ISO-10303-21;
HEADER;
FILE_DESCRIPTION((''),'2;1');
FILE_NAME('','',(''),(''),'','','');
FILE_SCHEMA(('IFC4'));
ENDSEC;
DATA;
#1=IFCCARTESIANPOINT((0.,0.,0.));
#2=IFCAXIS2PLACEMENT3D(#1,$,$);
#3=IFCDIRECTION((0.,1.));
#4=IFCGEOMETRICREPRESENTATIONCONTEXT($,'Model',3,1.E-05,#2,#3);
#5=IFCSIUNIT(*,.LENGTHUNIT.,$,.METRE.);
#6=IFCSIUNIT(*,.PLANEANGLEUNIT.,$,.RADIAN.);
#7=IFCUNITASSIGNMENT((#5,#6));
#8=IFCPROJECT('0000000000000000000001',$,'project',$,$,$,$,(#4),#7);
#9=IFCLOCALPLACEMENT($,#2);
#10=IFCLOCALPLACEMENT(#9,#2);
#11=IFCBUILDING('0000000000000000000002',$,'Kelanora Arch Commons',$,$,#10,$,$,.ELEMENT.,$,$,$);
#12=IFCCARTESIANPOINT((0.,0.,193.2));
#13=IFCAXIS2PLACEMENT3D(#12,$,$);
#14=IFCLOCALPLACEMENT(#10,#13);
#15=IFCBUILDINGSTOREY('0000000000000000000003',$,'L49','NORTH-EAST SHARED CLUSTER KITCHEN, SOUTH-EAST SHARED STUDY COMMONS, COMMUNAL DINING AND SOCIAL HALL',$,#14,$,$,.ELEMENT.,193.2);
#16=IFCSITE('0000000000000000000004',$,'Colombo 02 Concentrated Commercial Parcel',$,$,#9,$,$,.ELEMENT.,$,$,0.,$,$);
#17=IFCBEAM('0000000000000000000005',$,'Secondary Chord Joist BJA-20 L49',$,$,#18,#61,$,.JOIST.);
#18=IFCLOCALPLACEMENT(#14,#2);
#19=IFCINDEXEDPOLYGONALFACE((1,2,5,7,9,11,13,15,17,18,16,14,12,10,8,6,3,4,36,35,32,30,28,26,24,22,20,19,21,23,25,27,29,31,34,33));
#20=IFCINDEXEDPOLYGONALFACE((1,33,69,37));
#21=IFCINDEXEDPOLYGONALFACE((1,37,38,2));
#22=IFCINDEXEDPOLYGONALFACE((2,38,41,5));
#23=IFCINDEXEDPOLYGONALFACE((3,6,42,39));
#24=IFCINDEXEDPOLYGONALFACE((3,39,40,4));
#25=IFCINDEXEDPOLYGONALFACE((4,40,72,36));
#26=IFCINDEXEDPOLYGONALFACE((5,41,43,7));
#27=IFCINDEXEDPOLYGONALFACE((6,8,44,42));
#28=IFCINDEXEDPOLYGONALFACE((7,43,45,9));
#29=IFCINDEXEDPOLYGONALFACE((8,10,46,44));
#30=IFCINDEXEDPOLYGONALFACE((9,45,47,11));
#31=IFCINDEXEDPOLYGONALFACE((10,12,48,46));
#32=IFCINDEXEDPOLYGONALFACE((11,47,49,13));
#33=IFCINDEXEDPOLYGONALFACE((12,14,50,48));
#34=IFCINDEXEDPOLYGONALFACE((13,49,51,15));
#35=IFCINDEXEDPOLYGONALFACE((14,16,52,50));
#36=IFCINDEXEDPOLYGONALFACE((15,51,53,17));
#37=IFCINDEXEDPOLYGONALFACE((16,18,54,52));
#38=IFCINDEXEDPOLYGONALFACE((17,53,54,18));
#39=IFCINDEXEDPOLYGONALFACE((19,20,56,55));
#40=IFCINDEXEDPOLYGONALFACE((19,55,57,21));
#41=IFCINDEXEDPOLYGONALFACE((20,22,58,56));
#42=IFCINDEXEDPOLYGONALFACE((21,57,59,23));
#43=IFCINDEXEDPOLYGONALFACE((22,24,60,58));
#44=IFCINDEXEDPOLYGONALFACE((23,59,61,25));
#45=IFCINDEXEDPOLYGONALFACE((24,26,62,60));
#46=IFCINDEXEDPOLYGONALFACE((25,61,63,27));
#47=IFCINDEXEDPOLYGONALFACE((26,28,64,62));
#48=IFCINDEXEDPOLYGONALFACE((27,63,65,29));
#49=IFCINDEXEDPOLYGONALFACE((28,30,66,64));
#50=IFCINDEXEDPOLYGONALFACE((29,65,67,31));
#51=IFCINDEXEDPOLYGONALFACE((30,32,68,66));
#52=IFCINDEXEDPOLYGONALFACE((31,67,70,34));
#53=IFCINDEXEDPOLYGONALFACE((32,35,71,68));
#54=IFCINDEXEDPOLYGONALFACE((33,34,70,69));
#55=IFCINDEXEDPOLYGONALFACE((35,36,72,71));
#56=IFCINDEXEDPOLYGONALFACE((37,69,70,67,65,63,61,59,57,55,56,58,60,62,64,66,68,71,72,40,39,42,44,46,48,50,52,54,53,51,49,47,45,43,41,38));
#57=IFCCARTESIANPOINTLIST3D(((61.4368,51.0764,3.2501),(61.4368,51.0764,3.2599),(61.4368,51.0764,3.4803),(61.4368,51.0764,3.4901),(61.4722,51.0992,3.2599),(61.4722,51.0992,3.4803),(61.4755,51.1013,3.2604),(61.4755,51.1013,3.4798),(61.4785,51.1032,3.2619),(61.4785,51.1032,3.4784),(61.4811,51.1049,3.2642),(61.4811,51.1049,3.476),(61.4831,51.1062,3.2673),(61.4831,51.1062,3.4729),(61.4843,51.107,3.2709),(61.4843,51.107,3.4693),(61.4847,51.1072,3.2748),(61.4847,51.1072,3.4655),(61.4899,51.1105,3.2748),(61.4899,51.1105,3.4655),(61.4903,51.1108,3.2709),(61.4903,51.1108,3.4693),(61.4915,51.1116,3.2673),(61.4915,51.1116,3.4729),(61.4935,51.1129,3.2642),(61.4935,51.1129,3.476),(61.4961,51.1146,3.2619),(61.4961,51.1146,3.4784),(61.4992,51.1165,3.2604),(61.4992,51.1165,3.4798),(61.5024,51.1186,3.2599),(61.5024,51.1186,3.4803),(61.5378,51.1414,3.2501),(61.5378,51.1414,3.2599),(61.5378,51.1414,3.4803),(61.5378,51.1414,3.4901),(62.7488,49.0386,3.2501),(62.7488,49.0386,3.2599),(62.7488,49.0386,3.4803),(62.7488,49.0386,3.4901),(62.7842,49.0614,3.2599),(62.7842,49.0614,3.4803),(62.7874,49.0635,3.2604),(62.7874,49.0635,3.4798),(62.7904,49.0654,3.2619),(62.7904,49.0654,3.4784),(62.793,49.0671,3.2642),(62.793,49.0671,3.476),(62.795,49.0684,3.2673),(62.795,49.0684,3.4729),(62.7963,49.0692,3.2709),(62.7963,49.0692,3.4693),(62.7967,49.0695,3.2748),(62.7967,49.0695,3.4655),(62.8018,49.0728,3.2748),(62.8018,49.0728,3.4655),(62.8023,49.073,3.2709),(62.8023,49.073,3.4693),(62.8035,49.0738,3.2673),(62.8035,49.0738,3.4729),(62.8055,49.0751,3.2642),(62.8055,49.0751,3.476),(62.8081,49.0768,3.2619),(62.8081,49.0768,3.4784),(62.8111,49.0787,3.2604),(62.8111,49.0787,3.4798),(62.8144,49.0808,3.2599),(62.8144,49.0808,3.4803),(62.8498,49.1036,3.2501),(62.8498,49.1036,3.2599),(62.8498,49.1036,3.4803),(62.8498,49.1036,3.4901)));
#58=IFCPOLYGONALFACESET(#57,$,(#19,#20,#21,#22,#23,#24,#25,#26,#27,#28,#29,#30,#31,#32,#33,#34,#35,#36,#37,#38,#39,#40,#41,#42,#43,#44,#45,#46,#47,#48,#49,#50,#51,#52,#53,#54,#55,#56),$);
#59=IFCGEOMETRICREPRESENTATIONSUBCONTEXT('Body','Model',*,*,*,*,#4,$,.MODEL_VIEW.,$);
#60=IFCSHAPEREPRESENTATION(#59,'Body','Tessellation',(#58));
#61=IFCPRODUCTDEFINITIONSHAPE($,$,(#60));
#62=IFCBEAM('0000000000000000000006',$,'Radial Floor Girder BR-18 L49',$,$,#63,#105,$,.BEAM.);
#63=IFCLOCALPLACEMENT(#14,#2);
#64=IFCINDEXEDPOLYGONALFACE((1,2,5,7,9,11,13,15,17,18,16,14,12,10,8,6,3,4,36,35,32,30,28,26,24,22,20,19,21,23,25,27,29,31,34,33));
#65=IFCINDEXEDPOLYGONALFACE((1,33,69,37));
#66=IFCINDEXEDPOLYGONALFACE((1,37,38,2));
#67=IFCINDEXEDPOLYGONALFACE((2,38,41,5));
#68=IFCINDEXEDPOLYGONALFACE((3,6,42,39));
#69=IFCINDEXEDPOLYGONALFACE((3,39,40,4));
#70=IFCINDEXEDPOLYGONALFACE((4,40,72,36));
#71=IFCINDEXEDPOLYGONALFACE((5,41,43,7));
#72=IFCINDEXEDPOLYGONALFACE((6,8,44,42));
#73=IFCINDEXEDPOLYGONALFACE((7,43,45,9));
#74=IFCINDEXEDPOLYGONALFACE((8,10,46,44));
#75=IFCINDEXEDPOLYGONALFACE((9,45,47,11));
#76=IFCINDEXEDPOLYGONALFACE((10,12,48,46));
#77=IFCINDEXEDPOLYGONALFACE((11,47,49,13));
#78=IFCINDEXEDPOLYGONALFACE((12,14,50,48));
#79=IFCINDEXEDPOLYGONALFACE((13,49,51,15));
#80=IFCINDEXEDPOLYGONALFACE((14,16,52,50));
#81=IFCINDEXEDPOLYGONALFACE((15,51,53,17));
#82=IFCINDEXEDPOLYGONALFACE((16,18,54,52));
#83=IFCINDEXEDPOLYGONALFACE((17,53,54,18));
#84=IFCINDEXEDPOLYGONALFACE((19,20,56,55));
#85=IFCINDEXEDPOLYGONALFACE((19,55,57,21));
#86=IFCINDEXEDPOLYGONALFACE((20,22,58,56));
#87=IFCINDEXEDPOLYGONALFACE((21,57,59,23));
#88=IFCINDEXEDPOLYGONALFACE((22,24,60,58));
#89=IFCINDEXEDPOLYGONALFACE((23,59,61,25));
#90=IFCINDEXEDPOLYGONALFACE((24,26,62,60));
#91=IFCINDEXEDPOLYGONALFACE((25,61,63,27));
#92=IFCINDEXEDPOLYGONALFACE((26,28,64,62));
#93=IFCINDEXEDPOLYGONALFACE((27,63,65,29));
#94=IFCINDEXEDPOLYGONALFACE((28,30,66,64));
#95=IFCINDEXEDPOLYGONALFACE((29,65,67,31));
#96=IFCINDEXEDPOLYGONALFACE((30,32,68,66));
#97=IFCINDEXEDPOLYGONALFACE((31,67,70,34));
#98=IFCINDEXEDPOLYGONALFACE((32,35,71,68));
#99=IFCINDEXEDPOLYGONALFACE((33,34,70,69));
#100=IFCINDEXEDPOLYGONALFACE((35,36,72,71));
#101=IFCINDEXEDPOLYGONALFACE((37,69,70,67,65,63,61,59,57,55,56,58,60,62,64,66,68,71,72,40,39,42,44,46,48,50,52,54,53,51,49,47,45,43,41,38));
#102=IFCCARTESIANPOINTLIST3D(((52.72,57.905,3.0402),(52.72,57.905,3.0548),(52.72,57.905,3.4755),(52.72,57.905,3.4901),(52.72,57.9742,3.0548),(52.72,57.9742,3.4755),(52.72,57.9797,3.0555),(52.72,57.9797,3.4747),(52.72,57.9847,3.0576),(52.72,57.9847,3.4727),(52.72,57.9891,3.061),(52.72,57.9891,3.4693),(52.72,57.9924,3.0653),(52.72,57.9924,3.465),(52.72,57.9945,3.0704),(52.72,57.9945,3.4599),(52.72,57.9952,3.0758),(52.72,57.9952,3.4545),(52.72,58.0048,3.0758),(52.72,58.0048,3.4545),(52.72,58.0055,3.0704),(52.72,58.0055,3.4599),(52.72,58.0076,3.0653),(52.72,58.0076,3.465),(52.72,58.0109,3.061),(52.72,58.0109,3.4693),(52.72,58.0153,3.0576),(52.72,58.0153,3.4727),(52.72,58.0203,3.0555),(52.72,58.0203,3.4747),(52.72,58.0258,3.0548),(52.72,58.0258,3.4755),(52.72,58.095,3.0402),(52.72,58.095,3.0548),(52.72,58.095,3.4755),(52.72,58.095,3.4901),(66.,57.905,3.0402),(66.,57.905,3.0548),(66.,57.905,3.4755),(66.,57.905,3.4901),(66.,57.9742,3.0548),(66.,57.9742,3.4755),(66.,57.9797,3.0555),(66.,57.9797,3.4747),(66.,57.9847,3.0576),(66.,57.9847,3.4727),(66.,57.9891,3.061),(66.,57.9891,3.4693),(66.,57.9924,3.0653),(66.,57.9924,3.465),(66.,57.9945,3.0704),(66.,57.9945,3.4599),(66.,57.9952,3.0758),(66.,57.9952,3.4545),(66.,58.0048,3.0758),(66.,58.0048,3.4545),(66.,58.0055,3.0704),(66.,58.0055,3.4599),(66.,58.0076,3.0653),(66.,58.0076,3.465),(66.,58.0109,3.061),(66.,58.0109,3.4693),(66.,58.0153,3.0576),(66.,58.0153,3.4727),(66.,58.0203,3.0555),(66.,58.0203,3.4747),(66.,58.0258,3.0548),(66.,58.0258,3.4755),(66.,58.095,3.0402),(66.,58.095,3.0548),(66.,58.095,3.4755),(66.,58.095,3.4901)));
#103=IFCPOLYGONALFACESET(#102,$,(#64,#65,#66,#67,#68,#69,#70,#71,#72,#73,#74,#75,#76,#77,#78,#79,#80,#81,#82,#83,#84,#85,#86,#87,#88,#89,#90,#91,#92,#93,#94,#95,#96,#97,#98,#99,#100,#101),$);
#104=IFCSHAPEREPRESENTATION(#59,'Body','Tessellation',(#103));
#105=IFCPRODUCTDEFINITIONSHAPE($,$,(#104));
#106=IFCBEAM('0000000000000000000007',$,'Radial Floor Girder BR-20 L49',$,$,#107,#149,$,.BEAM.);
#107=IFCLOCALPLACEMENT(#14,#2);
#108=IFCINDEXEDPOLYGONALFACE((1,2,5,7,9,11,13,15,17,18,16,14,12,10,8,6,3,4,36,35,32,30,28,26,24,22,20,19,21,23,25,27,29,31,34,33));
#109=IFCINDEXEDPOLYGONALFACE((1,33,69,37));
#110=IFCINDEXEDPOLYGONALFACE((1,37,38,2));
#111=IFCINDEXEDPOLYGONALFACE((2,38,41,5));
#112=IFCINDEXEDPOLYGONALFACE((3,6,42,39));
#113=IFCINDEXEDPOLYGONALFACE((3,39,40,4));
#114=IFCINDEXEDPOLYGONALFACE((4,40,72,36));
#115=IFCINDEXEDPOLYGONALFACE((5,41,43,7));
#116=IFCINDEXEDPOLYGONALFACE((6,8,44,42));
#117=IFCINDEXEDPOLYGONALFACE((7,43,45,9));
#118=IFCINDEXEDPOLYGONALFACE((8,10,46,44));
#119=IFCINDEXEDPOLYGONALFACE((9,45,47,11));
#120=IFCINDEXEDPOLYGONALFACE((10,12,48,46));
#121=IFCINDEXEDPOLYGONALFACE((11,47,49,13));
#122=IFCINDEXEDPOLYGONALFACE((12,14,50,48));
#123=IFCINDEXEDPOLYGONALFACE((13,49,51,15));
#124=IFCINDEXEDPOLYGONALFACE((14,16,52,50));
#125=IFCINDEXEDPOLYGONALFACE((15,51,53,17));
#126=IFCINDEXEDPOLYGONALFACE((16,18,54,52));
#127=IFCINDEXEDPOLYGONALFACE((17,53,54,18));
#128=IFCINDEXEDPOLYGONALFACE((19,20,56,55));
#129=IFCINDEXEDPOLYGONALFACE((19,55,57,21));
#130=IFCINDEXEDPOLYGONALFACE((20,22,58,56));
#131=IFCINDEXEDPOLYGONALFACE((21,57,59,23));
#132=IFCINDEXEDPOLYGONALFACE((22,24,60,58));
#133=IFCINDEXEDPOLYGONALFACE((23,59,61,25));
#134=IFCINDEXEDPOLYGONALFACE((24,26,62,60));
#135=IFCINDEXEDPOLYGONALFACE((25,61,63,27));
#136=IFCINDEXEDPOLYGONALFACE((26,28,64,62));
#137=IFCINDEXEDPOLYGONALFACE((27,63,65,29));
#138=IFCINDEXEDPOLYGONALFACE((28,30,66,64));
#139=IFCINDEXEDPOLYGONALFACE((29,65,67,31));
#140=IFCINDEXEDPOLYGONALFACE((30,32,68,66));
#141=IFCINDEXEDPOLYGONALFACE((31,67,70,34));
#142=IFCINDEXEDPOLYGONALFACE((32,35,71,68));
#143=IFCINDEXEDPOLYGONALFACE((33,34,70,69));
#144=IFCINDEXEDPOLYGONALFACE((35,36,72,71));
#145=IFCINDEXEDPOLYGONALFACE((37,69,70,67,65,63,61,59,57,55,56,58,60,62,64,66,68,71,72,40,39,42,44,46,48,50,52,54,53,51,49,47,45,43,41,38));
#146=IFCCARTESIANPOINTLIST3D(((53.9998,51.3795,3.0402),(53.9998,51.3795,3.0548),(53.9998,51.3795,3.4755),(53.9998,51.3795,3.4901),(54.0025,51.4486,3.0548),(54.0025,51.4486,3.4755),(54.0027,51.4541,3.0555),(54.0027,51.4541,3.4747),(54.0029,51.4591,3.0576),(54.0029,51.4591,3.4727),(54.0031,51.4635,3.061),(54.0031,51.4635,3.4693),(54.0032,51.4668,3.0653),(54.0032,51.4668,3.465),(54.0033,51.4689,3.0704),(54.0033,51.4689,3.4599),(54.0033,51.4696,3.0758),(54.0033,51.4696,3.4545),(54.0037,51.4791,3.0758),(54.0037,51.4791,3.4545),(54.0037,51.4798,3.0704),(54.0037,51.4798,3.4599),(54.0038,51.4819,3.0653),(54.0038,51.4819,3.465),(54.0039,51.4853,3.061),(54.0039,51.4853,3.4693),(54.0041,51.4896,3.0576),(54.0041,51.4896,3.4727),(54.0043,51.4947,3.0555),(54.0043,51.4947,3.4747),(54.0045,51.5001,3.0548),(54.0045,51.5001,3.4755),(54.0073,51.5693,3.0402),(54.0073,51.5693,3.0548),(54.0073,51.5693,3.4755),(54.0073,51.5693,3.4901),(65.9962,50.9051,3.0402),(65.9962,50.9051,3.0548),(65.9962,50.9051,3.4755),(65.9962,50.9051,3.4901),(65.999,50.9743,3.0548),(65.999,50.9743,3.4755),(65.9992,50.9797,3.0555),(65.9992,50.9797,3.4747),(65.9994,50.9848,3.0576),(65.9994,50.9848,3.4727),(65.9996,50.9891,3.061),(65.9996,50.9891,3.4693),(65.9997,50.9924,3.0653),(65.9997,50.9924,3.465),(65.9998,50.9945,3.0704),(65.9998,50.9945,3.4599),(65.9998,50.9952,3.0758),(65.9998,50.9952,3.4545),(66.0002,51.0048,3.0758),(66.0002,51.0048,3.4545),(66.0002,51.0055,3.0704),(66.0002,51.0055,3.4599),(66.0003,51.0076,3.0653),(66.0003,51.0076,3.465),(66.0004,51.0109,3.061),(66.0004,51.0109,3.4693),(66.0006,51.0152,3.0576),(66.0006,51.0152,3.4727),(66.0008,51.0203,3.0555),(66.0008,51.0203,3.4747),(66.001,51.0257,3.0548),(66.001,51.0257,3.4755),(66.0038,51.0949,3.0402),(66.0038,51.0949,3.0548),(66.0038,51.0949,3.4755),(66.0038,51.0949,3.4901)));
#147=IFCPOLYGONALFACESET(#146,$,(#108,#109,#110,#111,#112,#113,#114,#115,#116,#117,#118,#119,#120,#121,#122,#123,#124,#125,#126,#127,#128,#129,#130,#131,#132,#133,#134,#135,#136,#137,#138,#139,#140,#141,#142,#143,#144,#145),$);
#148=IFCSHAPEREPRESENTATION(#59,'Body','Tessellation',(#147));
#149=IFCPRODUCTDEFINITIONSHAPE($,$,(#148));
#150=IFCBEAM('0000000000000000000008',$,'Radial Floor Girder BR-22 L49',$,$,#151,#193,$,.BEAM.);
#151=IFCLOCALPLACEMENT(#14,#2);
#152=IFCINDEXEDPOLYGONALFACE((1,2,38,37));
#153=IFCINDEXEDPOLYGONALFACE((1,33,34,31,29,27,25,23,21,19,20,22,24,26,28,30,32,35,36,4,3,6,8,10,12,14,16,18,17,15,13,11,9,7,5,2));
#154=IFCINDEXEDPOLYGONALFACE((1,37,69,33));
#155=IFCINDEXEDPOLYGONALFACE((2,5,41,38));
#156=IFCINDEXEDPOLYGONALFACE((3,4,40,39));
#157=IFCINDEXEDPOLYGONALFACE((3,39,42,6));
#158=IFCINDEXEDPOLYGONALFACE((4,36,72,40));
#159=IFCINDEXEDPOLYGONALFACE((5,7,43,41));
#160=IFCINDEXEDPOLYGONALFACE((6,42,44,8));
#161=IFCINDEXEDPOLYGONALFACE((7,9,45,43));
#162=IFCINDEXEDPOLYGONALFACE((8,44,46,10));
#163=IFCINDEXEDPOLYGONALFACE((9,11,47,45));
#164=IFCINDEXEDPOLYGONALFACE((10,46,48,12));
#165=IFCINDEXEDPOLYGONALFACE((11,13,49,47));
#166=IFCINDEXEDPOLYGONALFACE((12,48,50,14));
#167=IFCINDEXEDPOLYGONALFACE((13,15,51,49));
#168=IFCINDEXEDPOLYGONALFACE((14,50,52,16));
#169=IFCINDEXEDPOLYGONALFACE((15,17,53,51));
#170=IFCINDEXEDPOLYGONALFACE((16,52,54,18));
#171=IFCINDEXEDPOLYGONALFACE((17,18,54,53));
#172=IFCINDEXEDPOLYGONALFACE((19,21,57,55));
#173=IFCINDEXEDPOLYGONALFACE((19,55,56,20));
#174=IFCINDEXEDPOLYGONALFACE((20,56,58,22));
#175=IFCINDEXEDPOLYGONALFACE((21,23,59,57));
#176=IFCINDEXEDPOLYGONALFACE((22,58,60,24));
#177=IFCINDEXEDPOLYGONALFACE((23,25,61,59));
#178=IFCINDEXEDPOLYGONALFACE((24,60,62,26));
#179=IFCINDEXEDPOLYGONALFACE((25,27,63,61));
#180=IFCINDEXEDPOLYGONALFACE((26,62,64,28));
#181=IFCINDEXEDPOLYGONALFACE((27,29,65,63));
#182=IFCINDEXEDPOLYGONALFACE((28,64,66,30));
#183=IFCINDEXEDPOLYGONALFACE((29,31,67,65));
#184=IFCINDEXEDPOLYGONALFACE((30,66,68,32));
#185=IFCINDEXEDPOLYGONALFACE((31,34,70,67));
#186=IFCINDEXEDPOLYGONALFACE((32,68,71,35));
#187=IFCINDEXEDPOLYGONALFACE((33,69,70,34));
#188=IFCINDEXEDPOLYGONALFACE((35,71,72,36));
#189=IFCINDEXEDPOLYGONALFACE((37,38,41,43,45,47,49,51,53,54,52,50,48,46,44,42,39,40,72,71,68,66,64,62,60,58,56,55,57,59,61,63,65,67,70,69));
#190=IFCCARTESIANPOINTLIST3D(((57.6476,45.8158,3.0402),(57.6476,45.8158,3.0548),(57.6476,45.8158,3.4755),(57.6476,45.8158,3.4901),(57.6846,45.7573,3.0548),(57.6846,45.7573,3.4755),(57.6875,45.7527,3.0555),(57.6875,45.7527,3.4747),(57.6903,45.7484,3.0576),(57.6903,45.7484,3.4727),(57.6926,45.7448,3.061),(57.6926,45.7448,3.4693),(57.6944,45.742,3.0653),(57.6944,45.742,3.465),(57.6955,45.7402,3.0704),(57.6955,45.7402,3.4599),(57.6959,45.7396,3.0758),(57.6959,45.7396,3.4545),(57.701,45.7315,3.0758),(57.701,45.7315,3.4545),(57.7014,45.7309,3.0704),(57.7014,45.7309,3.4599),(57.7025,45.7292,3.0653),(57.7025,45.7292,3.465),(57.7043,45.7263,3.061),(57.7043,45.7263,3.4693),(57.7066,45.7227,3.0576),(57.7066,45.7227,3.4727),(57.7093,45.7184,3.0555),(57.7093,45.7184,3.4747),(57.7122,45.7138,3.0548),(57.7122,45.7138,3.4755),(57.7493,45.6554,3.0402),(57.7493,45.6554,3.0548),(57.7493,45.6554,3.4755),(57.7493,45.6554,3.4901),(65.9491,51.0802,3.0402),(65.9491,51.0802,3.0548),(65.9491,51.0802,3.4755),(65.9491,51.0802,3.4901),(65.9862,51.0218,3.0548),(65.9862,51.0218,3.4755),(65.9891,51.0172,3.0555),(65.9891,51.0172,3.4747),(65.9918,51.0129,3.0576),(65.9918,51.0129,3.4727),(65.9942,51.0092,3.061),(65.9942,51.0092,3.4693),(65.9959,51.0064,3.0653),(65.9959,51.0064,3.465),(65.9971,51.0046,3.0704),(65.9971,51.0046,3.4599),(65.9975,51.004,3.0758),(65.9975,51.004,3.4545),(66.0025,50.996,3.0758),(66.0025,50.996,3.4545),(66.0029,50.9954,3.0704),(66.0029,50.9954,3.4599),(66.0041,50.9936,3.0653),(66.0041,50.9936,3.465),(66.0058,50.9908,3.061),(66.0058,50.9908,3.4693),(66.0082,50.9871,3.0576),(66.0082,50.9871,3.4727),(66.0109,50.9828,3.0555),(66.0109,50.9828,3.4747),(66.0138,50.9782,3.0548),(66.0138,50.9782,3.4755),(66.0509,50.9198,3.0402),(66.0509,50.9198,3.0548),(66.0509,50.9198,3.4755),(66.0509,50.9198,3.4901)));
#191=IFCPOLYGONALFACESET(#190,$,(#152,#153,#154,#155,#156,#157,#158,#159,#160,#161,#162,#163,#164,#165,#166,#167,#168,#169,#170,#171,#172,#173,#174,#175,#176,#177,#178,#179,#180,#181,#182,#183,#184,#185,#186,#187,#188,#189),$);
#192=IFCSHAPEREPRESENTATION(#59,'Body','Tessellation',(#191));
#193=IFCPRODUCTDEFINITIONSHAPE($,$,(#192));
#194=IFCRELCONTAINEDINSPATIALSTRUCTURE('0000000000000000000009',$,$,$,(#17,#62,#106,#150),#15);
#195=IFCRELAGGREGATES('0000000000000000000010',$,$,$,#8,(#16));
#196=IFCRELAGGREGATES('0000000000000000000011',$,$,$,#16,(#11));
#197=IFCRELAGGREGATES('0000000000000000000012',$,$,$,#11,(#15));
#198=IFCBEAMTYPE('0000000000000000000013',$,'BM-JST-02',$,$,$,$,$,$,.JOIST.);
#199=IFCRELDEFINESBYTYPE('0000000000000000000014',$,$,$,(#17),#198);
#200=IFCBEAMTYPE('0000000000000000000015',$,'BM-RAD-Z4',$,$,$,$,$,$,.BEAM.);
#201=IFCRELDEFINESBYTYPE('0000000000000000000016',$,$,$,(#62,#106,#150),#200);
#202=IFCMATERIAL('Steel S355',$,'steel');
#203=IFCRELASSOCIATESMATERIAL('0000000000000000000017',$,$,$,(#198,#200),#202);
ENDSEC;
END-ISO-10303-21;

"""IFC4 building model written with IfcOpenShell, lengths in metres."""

from ifc_helpers import new_model, si_unit, direction, frame, origin, origin_2d, place, context, subcontext, project, spatial, i_section, extrude, material, material_profile, profile_set, type_object, element, save


model = new_model("IFC4")

# Units and contexts
model_context = context("Model", 3, precision=1e-05, world=origin(), true_north=direction((0.0, 1.0)))
body_context = subcontext(model_context, "Body", "Model", "MODEL_VIEW")
ifc_project = project(units=[si_unit("LENGTHUNIT", "METRE"), si_unit("PLANEANGLEUNIT", "RADIAN")], contexts=[model_context])

# Site, building, storey
site_placement = place(None, origin())
site = spatial("IfcSite", under=ifc_project, at=site_placement, Name="Colombo 02 Concentrated Commercial Parcel", CompositionType="ELEMENT", RefElevation=0.0)
building_placement = place(site_placement, origin())
building = spatial("IfcBuilding", under=site, at=building_placement, Name="Kelanora Arch Commons", CompositionType="ELEMENT")
storey_placement = place(building_placement, frame((0.0, 0.0, 193.2)))
storey = spatial("IfcBuildingStorey", under=building, at=storey_placement, Name="L49", Description="NORTH-EAST SHARED CLUSTER KITCHEN, SOUTH-EAST SHARED STUDY COMMONS, COMMUNAL DINING AND SOCIAL HALL", CompositionType="ELEMENT", Elevation=193.2)

# Beams
ifc_material_1 = material(Name="Steel S355", Category="steel")
ifc_material_profile_1 = material_profile(ifc_material_1, i_section(OverallWidth=0.1201, OverallDepth=0.24, WebThickness=0.0061, FlangeThickness=0.0098, FilletRadius=0.0149, at=origin_2d()), Name="IPE240")
ifc_profile_set_1 = profile_set([ifc_material_profile_1], Name="Steel S355")
beam_type_1 = type_object("IfcBeamType", Name="BM-JST-02", PredefinedType="JOIST", material=ifc_profile_set_1)
beam_1_placement = place(storey_placement, frame((61.4873, 51.1089, 3.3701), z_axis=(0.541333, -0.840808, 0.0), x_axis=(0.840808, 0.541333, 0.0)))
element("IfcBeam", 1, at=beam_1_placement, inside=storey, type_object=beam_type_1, Name="Secondary Chord Joist BJA-20 L49", PredefinedType="JOIST", context=body_context, shape_type="SweptSolid", body=[
    extrude(i_section(OverallWidth=0.1201, OverallDepth=0.24, WebThickness=0.0061, FlangeThickness=0.0098, FilletRadius=0.0149, at=origin_2d()), origin(), (0.0, 0.0, 1.0), 2.4236),
])
ifc_material_profile_2 = material_profile(ifc_material_1, i_section(OverallWidth=0.1899, OverallDepth=0.45, WebThickness=0.0095, FlangeThickness=0.0146, FilletRadius=0.021, at=origin_2d()), Name="IPE450")
ifc_profile_set_2 = profile_set([ifc_material_profile_2], Name="Steel S355")
beam_type_2 = type_object("IfcBeamType", Name="BM-RAD-Z4", PredefinedType="BEAM", material=ifc_profile_set_2)
beam_2_placement = place(storey_placement, frame((66.0, 58.0, 3.2651), z_axis=(-1.0, 0.0, 0.0), x_axis=(0.0, -1.0, 0.0)))
element("IfcBeam", 2, at=beam_2_placement, inside=storey, type_object=beam_type_2, Name="Radial Floor Girder BR-18 L49", PredefinedType="BEAM", context=body_context, shape_type="SweptSolid", body=[
    extrude(i_section(OverallWidth=0.1899, OverallDepth=0.45, WebThickness=0.0095, FlangeThickness=0.0146, FilletRadius=0.021, at=origin_2d()), origin(), (0.0, 0.0, 1.0), 13.28),
])
beam_3_placement = place(storey_placement, frame((66.0, 51.0, 3.2651), z_axis=(-0.999219, 0.039511, 0.0), x_axis=(-0.039511, -0.999219, 0.0)))
element("IfcBeam", 3, at=beam_3_placement, inside=storey, type_object=beam_type_2, Name="Radial Floor Girder BR-20 L49", PredefinedType="BEAM", context=body_context, shape_type="SweptSolid", body=[
    extrude(i_section(OverallWidth=0.1899, OverallDepth=0.45, WebThickness=0.0095, FlangeThickness=0.0146, FilletRadius=0.021, at=origin_2d()), origin(), (0.0, 0.0, 1.0), 12.0059),
])
beam_4_placement = place(storey_placement, frame((66.0, 51.0, 3.2651), z_axis=(-0.844507, -0.535544, 0.0), x_axis=(0.535544, -0.844507, 0.0)))
element("IfcBeam", 4, at=beam_4_placement, inside=storey, type_object=beam_type_2, Name="Radial Floor Girder BR-22 L49", PredefinedType="BEAM", context=body_context, shape_type="SweptSolid", body=[
    extrude(i_section(OverallWidth=0.1899, OverallDepth=0.45, WebThickness=0.0095, FlangeThickness=0.0146, FilletRadius=0.021, at=origin_2d()), origin(), (0.0, 0.0, 1.0), 9.8301),
])

save(model, "model.ifc")
